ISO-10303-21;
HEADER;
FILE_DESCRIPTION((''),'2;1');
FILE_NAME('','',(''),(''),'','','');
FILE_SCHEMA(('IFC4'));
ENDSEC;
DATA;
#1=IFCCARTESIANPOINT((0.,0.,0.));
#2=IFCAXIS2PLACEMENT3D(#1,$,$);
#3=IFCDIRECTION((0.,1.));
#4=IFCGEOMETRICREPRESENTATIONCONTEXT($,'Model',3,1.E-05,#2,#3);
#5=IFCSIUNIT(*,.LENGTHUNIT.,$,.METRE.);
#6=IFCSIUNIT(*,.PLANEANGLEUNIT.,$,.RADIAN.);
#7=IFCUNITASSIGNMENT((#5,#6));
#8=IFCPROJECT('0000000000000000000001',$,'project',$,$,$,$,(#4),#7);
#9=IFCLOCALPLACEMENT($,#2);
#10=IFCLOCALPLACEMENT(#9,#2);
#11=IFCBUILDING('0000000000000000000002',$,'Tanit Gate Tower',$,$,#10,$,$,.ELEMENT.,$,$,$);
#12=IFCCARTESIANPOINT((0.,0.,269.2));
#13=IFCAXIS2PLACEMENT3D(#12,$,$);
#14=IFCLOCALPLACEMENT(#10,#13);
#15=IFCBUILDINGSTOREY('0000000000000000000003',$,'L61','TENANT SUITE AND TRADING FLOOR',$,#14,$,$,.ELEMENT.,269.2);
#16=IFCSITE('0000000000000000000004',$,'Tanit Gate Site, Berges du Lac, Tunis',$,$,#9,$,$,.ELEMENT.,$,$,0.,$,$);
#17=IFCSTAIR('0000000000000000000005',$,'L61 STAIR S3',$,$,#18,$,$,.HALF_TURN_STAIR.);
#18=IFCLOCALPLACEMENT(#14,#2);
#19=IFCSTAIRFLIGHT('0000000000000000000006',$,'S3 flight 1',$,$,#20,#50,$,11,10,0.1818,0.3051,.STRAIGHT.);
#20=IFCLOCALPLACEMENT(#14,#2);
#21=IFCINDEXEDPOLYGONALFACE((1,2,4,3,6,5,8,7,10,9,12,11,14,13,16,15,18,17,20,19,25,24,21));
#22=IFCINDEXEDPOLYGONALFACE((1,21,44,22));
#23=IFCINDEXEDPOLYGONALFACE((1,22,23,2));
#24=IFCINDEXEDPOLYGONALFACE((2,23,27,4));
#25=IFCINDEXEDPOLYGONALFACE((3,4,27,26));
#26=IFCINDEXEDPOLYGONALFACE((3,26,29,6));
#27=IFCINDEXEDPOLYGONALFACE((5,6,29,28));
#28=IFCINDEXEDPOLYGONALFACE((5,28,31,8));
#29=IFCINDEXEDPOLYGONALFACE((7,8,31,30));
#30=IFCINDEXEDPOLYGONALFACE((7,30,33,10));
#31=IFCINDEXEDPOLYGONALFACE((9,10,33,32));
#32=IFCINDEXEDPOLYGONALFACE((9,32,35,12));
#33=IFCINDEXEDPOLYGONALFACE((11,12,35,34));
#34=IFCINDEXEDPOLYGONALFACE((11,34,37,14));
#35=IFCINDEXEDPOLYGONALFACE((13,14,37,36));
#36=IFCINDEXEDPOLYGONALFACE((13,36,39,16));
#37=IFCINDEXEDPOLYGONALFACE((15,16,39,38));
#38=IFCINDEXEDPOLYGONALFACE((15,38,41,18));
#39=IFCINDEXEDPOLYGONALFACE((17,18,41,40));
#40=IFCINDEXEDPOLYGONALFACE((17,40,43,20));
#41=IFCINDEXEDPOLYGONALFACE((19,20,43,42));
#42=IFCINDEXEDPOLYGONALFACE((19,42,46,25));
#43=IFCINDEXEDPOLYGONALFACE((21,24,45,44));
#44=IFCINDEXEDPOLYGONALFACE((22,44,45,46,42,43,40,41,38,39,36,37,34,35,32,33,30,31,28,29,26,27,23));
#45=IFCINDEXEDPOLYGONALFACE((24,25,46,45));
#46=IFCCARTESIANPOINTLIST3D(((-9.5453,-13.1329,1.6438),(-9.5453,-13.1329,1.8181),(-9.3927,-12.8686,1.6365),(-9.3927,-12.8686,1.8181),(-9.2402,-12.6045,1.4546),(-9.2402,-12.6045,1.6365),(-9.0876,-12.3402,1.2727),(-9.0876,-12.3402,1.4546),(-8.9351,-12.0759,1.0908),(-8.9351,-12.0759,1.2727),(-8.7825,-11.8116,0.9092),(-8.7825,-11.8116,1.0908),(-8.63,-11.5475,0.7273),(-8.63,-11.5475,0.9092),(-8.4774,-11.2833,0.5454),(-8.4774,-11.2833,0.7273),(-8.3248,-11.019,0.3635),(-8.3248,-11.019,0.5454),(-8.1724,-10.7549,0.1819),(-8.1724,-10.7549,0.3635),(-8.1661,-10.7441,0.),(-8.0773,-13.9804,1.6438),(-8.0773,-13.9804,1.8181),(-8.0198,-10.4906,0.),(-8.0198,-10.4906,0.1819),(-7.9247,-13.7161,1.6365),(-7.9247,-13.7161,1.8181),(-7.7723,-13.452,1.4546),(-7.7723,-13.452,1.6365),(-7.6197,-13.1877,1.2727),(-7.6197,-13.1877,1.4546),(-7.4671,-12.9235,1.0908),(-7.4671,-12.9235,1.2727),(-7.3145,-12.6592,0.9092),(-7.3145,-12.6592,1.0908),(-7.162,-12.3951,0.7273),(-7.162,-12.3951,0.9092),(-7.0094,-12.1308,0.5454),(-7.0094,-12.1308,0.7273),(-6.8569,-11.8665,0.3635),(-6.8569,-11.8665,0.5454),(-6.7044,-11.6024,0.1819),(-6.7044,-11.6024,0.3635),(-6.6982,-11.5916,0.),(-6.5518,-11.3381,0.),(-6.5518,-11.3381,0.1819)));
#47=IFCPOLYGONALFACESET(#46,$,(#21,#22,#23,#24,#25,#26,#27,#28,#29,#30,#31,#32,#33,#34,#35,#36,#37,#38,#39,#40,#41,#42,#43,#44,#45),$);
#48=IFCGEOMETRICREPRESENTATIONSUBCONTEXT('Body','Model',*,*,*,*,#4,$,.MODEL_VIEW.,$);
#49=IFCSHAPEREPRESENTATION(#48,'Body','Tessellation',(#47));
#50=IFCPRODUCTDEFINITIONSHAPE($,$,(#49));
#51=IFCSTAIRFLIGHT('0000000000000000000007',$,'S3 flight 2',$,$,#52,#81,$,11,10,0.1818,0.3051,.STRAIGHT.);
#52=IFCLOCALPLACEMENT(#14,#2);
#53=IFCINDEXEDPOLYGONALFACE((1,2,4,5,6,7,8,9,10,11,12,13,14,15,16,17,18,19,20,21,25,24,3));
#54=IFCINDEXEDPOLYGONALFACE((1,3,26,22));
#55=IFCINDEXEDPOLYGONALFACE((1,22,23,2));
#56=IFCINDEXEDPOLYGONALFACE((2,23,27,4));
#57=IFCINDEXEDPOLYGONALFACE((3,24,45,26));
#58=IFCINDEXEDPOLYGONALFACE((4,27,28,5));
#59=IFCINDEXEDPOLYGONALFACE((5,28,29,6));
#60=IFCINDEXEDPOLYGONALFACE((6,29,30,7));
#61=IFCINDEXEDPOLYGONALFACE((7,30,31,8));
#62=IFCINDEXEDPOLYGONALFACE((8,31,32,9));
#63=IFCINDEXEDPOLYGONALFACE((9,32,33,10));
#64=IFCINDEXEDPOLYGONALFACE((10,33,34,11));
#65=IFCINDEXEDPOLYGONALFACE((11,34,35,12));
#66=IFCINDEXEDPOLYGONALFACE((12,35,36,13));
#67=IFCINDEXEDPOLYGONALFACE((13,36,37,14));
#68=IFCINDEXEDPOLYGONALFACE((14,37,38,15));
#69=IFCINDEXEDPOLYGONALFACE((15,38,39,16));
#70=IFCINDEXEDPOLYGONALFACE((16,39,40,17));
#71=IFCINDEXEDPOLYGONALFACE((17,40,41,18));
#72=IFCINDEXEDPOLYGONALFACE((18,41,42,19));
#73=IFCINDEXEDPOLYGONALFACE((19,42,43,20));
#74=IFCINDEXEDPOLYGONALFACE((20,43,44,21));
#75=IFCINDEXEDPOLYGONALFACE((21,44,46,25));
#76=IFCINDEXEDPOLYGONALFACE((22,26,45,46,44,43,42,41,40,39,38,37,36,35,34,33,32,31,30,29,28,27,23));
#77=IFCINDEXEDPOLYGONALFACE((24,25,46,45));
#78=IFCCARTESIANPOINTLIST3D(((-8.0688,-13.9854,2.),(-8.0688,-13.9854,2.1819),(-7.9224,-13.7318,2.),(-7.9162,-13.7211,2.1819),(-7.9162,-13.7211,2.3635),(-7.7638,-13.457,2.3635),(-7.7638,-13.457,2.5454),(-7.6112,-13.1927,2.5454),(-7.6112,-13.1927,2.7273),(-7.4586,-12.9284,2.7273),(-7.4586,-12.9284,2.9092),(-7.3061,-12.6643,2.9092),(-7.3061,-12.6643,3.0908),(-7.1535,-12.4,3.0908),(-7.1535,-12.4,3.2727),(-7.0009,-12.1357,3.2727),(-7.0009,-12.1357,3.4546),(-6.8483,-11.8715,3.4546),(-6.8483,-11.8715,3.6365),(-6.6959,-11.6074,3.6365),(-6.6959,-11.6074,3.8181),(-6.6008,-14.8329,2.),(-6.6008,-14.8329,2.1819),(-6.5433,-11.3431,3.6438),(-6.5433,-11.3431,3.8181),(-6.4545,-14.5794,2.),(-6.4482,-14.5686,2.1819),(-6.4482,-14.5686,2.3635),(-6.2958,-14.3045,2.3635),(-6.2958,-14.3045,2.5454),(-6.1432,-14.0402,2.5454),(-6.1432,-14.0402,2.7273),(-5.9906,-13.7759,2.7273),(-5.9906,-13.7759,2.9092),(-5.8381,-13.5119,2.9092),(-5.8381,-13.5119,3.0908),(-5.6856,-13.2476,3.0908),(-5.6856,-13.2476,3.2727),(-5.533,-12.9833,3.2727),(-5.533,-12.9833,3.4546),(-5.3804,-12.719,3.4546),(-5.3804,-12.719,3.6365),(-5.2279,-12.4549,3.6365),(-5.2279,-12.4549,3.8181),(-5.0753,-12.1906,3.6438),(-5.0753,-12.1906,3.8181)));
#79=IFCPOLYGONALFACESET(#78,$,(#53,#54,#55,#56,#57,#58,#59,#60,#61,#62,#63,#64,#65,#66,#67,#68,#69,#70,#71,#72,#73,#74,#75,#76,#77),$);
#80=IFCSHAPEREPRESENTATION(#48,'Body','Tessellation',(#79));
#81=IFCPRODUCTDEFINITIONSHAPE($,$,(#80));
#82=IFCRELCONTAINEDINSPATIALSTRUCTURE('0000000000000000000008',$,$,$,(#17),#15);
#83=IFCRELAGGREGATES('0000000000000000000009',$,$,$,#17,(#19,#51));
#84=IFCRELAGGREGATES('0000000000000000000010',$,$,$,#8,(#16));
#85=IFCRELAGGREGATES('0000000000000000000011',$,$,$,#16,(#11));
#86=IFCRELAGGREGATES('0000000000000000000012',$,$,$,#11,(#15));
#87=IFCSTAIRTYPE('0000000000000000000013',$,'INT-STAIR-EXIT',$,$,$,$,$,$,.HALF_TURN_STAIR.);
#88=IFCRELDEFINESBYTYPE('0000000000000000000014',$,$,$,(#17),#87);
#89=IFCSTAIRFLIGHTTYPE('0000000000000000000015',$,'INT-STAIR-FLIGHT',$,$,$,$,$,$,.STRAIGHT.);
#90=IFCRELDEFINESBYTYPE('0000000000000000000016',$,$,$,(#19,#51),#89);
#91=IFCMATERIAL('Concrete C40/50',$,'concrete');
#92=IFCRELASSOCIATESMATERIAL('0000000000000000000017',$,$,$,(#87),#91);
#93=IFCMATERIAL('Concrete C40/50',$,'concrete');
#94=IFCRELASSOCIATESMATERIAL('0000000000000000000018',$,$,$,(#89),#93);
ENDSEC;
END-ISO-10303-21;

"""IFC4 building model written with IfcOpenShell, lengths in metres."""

from ifc_helpers import new_model, si_unit, direction, frame, origin, place, context, subcontext, project, spatial, polyline, outline, extrude, material, type_object, element, aggregate, save


model = new_model("IFC4")

# Units and contexts
model_context = context("Model", 3, precision=1e-05, world=origin(), true_north=direction((0.0, 1.0)))
body_context = subcontext(model_context, "Body", "Model", "MODEL_VIEW")
ifc_project = project(units=[si_unit("LENGTHUNIT", "METRE"), si_unit("PLANEANGLEUNIT", "RADIAN")], contexts=[model_context])

# Site, building, storey
site_placement = place(None, origin())
site = spatial("IfcSite", under=ifc_project, at=site_placement, Name="Tanit Gate Site, Berges du Lac, Tunis", CompositionType="ELEMENT", RefElevation=0.0)
building_placement = place(site_placement, origin())
building = spatial("IfcBuilding", under=site, at=building_placement, Name="Tanit Gate Tower", CompositionType="ELEMENT")
storey_placement = place(building_placement, frame((0.0, 0.0, 269.2)))
storey = spatial("IfcBuildingStorey", under=building, at=storey_placement, Name="L61", Description="TENANT SUITE AND TRADING FLOOR", CompositionType="ELEMENT", Elevation=269.2)

# Stair, stair flights
ifc_material_1 = material(Name="Concrete C40/50", Category="concrete")
stair_type = type_object("IfcStairType", Name="INT-STAIR-EXIT", PredefinedType="HALF_TURN_STAIR", material=ifc_material_1)
stair_placement = place(storey_placement, origin())
stair = element("IfcStair", 1, at=stair_placement, inside=storey, type_object=stair_type, Name="L61 STAIR S3", PredefinedType="HALF_TURN_STAIR")
ifc_material_2 = material(Name="Concrete C40/50", Category="concrete")
stair_flight_type = type_object("IfcStairFlightType", Name="INT-STAIR-FLIGHT", PredefinedType="STRAIGHT", material=ifc_material_2)
stair_flight_1_placement = place(storey_placement, frame((-7.2859, -10.9143, 0.0), z_axis=(0.0, 0.0, 1.0), x_axis=(-0.5, -0.866025, 0.0)))
stair_flight_1 = element("IfcStairFlight", 2, at=stair_flight_1_placement, type_object=stair_flight_type, Name="S3 flight 1", NumberOfRisers=11, NumberOfTreads=10, PredefinedType="STRAIGHT", RiserHeight=0.1818, TreadLength=0.3051, context=body_context, shape_type="SweptSolid", body=[
    extrude(outline(polyline([(0.0, 0.0), (0.0, 0.1819), (0.3052, 0.1819), (0.3052, 0.3635), (0.6101, 0.3635), (0.6101, 0.5454), (0.9153, 0.5454), (0.9153, 0.7273), (1.2205, 0.7273), (1.2205, 0.9092), (1.5254, 0.9092), (1.5254, 1.0908), (1.8306, 1.0908), (1.8306, 1.2727), (2.1357, 1.2727), (2.1357, 1.4546), (2.4409, 1.4546), (2.4409, 1.6365), (2.7458, 1.6365), (2.7458, 1.8181), (3.051, 1.8181), (3.051, 2.0), (3.051, 1.6438), (0.2927, 0.0), (0.0, 0.0)])), frame((0.0, 0.8477, 0.0), z_axis=(0.0, -1.0, 0.0), x_axis=(1.0, 0.0, 0.0)), (0.0, 0.0, 1.0), 1.6951),
])
stair_flight_2_placement = place(storey_placement, frame((-7.3347, -14.4092, 2.0), z_axis=(0.0, 0.0, 1.0), x_axis=(0.5, 0.866025, 0.0)))
stair_flight_2 = element("IfcStairFlight", 3, at=stair_flight_2_placement, type_object=stair_flight_type, Name="S3 flight 2", NumberOfRisers=11, NumberOfTreads=10, PredefinedType="STRAIGHT", RiserHeight=0.1818, TreadLength=0.3051, context=body_context, shape_type="SweptSolid", body=[
    extrude(outline(polyline([(0.0, 0.0), (0.0, 0.1819), (0.3052, 0.1819), (0.3052, 0.3635), (0.6101, 0.3635), (0.6101, 0.5454), (0.9153, 0.5454), (0.9153, 0.7273), (1.2205, 0.7273), (1.2205, 0.9092), (1.5254, 0.9092), (1.5254, 1.0908), (1.8306, 1.0908), (1.8306, 1.2727), (2.1357, 1.2727), (2.1357, 1.4546), (2.4409, 1.4546), (2.4409, 1.6365), (2.7458, 1.6365), (2.7458, 1.8181), (3.051, 1.8181), (3.051, 2.0), (3.051, 1.6438), (0.2927, 0.0), (0.0, 0.0)])), frame((0.0, 0.8477, 0.0), z_axis=(0.0, -1.0, 0.0), x_axis=(1.0, 0.0, 0.0)), (0.0, 0.0, 1.0), 1.6951),
])
aggregate(stair, [stair_flight_1, stair_flight_2])

save(model, "model.ifc")
